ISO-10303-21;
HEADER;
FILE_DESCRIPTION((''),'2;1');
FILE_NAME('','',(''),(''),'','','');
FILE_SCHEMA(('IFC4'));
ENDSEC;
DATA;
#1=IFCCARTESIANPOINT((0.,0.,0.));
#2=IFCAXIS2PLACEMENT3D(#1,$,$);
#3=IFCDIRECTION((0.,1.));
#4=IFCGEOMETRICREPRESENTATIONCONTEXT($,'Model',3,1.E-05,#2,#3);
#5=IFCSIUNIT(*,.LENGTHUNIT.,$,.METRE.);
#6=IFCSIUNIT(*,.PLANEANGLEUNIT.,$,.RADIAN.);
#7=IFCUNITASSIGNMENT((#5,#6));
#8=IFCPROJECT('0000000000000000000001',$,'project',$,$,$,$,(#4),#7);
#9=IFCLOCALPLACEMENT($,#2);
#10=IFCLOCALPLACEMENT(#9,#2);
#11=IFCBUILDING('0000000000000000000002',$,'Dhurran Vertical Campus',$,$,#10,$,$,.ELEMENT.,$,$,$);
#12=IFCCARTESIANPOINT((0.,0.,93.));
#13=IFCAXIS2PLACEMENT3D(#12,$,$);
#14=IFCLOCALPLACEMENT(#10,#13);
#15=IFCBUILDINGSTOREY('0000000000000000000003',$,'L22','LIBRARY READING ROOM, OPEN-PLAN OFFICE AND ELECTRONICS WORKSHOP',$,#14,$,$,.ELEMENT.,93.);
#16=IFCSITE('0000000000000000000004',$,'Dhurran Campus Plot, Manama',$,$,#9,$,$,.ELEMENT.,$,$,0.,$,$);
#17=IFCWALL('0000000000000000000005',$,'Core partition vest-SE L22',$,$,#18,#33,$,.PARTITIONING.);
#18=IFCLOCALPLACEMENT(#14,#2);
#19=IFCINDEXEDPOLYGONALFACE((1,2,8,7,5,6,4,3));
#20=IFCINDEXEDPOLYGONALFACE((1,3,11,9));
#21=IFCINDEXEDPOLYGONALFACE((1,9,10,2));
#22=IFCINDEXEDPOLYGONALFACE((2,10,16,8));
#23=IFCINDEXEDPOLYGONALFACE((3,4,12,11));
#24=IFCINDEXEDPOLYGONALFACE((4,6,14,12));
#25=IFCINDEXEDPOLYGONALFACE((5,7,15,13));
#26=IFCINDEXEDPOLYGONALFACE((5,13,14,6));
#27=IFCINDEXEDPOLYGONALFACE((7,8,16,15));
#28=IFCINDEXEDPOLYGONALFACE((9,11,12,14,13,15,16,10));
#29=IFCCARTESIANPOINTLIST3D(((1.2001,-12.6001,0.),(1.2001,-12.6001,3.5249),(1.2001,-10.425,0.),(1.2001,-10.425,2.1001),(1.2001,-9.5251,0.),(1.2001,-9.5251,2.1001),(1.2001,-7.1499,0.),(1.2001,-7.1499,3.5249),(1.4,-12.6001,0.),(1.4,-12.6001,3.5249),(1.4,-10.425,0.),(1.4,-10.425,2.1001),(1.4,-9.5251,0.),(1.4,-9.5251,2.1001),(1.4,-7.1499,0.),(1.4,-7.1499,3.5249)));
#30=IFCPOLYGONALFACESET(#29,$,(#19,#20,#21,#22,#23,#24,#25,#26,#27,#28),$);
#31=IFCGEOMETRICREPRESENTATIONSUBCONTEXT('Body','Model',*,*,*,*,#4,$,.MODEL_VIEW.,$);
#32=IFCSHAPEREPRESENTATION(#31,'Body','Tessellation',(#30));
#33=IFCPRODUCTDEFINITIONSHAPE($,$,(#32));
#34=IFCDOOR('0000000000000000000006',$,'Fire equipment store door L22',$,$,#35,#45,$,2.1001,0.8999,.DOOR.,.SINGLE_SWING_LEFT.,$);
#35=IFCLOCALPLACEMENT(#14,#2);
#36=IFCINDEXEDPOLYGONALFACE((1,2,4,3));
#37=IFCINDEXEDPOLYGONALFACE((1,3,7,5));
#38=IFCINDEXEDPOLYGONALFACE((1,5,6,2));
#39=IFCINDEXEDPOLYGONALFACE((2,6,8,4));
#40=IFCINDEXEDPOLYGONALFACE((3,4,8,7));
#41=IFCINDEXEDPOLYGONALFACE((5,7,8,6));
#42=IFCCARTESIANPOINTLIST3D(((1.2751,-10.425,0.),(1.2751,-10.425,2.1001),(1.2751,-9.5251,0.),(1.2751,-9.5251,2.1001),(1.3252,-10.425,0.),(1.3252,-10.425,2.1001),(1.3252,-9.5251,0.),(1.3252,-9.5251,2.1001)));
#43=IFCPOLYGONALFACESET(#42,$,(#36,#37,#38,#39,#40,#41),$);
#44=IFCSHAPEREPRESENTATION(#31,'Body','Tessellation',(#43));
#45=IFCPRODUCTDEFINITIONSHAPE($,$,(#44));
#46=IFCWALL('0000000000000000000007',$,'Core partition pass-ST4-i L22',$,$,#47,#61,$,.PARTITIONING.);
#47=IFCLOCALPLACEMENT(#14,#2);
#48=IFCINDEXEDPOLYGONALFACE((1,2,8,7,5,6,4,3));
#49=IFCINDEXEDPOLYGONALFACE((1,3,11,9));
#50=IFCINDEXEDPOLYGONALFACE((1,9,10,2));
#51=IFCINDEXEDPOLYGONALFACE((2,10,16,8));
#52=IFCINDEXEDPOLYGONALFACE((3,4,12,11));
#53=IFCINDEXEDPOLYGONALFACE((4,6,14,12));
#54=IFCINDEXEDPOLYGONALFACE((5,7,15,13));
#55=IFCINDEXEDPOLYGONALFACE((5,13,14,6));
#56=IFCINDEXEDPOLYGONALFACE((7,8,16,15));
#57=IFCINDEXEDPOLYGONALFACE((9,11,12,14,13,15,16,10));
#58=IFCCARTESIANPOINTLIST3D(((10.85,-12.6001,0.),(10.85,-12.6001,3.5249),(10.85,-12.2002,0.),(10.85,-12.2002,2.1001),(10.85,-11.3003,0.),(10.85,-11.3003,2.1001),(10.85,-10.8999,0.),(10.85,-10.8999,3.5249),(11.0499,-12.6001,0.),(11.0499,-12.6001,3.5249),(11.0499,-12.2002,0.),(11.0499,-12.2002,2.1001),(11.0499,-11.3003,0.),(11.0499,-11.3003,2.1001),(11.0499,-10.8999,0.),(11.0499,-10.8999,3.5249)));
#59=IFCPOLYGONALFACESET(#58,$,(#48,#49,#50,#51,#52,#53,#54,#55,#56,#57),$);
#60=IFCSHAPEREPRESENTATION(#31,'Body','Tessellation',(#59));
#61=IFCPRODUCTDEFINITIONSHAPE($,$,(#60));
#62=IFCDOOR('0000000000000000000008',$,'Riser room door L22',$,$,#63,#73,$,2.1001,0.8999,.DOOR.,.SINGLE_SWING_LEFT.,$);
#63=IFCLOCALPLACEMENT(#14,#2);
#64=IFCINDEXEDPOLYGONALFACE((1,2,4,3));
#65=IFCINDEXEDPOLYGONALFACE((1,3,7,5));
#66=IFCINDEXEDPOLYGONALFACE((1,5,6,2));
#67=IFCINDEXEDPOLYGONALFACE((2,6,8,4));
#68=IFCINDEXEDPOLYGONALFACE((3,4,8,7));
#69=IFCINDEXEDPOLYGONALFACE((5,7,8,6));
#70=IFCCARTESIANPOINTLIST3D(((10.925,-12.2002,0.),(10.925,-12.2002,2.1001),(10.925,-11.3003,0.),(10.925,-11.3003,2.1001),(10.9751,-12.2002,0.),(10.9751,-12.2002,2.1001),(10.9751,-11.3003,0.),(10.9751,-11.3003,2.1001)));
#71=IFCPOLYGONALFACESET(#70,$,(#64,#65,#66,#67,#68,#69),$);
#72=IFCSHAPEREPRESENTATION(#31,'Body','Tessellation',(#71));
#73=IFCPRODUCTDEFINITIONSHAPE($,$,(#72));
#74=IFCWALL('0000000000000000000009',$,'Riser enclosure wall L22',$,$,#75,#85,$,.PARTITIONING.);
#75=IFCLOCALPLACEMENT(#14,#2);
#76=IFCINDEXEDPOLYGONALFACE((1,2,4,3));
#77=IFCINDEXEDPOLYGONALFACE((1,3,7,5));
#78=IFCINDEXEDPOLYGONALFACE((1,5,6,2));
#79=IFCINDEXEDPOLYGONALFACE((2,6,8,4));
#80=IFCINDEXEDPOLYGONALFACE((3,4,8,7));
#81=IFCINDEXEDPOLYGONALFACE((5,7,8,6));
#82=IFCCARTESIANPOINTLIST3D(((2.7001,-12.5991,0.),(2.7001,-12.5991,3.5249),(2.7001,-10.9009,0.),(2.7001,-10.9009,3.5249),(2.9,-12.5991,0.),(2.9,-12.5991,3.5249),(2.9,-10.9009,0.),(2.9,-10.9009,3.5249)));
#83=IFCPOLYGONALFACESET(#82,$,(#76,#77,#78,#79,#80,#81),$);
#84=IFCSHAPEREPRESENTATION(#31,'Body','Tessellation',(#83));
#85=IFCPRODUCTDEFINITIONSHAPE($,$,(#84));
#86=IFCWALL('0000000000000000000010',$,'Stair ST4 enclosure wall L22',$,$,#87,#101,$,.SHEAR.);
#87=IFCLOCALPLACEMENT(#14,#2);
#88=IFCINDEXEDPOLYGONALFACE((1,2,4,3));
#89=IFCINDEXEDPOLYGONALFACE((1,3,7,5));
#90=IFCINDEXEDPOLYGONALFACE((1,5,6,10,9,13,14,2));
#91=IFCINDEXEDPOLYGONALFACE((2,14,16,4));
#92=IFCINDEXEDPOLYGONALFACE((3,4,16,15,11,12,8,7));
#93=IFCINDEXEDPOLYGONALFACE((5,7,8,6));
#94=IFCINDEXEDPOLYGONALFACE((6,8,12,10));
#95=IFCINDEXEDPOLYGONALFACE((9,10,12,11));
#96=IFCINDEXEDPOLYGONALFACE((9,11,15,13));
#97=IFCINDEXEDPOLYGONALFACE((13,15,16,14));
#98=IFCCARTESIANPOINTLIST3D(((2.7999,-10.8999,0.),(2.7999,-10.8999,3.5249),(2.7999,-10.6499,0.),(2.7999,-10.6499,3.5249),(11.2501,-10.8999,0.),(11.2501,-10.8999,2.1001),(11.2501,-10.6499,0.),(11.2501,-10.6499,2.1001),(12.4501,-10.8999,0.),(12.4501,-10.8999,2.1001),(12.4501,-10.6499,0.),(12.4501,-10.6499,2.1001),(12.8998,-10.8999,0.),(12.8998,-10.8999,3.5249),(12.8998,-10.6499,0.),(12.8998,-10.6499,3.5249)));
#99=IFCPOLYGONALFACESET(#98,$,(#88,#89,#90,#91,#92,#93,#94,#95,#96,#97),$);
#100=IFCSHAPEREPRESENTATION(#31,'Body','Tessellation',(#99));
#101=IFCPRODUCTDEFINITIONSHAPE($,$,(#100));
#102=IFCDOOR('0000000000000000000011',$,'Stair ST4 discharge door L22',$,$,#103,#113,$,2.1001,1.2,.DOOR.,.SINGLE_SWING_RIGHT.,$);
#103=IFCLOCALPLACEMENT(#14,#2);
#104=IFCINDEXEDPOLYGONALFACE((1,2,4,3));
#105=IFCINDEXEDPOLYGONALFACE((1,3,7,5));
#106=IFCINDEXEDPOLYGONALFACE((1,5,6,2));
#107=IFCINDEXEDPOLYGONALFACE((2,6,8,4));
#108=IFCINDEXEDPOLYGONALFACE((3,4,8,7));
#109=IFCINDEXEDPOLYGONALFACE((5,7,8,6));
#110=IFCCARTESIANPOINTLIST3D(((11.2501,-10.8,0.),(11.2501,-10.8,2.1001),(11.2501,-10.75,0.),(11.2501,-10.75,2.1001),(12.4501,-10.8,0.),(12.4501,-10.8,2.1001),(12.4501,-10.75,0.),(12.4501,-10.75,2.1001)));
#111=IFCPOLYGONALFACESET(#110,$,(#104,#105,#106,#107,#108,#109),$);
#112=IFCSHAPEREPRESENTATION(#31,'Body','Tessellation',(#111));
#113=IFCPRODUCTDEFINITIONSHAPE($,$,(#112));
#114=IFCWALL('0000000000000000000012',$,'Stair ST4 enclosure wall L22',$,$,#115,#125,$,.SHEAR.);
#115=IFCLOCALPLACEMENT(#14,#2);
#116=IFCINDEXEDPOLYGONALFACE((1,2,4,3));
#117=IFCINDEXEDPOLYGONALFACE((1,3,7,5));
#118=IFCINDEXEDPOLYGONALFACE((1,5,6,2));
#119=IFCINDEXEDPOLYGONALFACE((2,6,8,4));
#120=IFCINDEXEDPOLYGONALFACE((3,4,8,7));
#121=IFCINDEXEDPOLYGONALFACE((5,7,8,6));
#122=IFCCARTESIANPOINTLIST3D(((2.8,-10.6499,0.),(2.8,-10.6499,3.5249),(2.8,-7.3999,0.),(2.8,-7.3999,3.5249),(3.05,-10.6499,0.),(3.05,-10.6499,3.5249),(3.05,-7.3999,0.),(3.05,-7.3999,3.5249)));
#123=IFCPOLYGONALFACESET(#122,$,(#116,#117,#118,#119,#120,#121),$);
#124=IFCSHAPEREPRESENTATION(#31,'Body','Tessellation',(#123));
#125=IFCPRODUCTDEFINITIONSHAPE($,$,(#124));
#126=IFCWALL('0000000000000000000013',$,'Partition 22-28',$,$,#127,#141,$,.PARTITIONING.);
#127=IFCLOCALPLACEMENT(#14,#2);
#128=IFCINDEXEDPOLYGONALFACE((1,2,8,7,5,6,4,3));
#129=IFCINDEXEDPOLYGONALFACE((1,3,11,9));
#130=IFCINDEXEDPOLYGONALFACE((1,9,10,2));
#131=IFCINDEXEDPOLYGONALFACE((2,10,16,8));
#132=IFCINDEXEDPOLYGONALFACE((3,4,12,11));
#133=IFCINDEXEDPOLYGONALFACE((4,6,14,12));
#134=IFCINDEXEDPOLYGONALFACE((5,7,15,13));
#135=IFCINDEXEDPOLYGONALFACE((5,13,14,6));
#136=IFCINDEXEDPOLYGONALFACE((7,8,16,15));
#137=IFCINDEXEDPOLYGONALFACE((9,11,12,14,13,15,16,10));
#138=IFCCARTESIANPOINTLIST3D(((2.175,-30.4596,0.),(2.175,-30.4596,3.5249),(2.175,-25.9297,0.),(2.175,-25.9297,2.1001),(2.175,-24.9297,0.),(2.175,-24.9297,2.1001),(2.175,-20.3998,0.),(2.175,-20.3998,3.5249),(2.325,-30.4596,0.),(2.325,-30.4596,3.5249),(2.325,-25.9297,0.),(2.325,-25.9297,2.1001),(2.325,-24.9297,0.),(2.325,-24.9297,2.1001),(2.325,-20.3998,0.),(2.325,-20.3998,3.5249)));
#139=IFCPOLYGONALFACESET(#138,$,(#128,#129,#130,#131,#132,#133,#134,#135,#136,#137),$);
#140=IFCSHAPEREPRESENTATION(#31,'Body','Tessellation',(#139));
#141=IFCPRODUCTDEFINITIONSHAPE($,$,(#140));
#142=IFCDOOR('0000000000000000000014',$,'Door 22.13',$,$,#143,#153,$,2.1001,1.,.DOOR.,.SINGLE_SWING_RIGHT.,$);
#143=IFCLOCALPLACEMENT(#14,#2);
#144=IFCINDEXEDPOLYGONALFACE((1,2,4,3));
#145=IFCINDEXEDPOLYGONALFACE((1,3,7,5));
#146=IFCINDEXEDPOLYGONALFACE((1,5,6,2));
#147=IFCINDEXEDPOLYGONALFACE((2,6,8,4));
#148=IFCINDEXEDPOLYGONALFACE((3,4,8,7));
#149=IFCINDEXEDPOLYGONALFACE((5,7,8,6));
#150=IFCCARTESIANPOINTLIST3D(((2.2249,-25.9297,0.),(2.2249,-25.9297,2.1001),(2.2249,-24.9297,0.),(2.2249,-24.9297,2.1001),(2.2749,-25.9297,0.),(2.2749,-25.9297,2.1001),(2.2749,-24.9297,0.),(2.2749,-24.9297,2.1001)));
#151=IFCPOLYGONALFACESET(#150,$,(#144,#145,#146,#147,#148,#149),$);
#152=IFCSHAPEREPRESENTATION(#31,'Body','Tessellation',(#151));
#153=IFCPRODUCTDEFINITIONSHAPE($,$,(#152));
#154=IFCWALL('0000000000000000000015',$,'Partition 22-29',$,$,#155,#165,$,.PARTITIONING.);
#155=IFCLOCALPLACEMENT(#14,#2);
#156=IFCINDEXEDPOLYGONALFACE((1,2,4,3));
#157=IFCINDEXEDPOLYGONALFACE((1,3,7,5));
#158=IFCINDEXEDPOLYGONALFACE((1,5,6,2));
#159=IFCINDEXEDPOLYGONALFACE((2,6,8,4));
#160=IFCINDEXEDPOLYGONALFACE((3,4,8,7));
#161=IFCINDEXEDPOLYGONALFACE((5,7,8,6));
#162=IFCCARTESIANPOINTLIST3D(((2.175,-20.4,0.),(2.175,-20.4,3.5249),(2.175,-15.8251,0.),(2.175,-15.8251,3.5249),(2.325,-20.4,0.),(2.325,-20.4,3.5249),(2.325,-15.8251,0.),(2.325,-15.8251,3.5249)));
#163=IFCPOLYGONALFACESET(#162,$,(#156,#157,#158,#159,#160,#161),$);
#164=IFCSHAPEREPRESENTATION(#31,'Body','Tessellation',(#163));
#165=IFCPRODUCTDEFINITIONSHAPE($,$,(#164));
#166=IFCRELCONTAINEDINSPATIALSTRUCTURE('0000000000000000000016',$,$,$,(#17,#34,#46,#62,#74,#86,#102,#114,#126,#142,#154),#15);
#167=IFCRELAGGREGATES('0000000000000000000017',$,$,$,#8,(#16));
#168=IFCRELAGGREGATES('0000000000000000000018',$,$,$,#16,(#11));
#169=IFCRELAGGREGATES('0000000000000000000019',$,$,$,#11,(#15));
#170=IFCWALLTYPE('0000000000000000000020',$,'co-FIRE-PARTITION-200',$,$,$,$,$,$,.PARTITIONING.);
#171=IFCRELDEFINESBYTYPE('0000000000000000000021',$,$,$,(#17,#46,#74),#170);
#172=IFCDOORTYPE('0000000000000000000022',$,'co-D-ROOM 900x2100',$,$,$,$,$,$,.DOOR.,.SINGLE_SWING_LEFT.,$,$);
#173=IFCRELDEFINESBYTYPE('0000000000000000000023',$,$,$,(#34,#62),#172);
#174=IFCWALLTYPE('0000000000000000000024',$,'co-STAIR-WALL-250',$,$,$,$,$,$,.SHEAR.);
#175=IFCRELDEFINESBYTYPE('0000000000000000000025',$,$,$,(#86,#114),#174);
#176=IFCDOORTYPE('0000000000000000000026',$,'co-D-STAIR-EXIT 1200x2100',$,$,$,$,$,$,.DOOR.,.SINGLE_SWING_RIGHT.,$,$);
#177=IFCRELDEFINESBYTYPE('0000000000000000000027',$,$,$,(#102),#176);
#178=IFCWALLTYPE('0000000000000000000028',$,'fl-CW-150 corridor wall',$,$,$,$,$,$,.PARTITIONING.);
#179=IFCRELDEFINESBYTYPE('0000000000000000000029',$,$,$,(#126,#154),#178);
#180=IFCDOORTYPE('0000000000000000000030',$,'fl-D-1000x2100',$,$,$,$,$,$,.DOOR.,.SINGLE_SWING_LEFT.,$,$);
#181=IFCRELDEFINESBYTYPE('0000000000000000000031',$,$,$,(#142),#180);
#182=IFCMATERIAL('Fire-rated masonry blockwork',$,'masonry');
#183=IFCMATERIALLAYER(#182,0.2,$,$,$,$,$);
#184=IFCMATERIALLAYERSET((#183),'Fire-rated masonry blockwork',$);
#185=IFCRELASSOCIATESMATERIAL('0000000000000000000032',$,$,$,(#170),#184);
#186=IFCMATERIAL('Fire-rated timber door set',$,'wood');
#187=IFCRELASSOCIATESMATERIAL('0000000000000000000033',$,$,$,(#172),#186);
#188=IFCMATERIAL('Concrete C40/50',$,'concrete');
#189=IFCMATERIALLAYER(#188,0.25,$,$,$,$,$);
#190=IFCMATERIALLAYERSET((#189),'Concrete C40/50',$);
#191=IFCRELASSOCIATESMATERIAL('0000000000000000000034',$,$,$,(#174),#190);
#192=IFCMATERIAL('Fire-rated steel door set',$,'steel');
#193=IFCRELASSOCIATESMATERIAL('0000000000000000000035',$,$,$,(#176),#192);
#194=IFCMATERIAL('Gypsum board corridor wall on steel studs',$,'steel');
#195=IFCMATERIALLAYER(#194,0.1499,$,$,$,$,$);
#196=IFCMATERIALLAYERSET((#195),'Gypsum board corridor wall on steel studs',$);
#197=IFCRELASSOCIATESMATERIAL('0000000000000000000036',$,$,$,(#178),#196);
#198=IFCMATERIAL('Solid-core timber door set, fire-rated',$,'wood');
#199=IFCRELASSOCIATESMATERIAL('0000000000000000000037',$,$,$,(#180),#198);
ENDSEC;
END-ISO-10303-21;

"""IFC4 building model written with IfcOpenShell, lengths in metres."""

from ifc_helpers import new_model, si_unit, direction, frame, frame_2d, origin, place, context, subcontext, project, spatial, rectangle, extrude, material, layer, layer_set, type_object, element, fill, save


model = new_model("IFC4")

# Units and contexts
model_context = context("Model", 3, precision=1e-05, world=origin(), true_north=direction((0.0, 1.0)))
body_context = subcontext(model_context, "Body", "Model", "MODEL_VIEW")
ifc_project = project(units=[si_unit("LENGTHUNIT", "METRE"), si_unit("PLANEANGLEUNIT", "RADIAN")], contexts=[model_context])

# Site, building, storey
site_placement = place(None, origin())
site = spatial("IfcSite", under=ifc_project, at=site_placement, Name="Dhurran Campus Plot, Manama", CompositionType="ELEMENT", RefElevation=0.0)
building_placement = place(site_placement, origin())
building = spatial("IfcBuilding", under=site, at=building_placement, Name="Dhurran Vertical Campus", CompositionType="ELEMENT")
storey_placement = place(building_placement, frame((0.0, 0.0, 93.0)))
storey = spatial("IfcBuildingStorey", under=building, at=storey_placement, Name="L22", Description="LIBRARY READING ROOM, OPEN-PLAN OFFICE AND ELECTRONICS WORKSHOP", CompositionType="ELEMENT", Elevation=93.0)

# Walls, openings, doors
ifc_material_1 = material(Name="Fire-rated masonry blockwork", Category="masonry")
ifc_layer_1 = layer(ifc_material_1, 0.2)
ifc_layer_set_1 = layer_set([ifc_layer_1], Name="Fire-rated masonry blockwork")
wall_type_1 = type_object("IfcWallType", Name="co-FIRE-PARTITION-200", PredefinedType="PARTITIONING", material=ifc_layer_set_1)
wall_1_placement = place(storey_placement, frame((1.3, -12.6001, 0.0), z_axis=(0.0, 0.0, 1.0), x_axis=(0.0, 1.0, 0.0)))
wall_1 = element("IfcWall", 1, at=wall_1_placement, inside=storey, type_object=wall_type_1, Name="Core partition vest-SE L22", PredefinedType="PARTITIONING", context=body_context, shape_type="SweptSolid", body=[
    extrude(rectangle(XDim=5.4502, YDim=0.2, at=frame_2d((2.7251, 0.0))), origin(), (0.0, 0.0, 1.0), 3.5249),
])
opening_1_placement = place(wall_1_placement, frame((2.175, 0.0, 0.0)))
opening_1 = element("IfcOpeningElement", 2, at=opening_1_placement, cuts=wall_1, PredefinedType="OPENING", context=body_context, shape_type="SweptSolid", body=[
    extrude(rectangle(XDim=0.8999, YDim=2.1001, at=frame_2d((0.45, 1.05))), frame((0.0, 0.1099, 0.0), z_axis=(0.0, -1.0, 0.0), x_axis=(1.0, 0.0, 0.0)), (0.0, 0.0, 1.0), 0.22),
])
ifc_material_2 = material(Name="Fire-rated timber door set", Category="wood")
door_type_1 = type_object("IfcDoorType", Name="co-D-ROOM 900x2100", OperationType="SINGLE_SWING_LEFT", PredefinedType="DOOR", material=ifc_material_2)
door_1_placement = place(opening_1_placement, origin())
door_1 = element("IfcDoor", 3, at=door_1_placement, inside=storey, type_object=door_type_1, Name="Fire equipment store door L22", OperationType="SINGLE_SWING_LEFT", OverallHeight=2.1001, OverallWidth=0.8999, PredefinedType="DOOR", context=body_context, shape_type="SweptSolid", body=[
    extrude(rectangle(XDim=0.8999, YDim=2.1001, at=frame_2d((0.45, 1.05))), frame((0.0, 0.0249, 0.0), z_axis=(0.0, -1.0, 0.0), x_axis=(1.0, 0.0, 0.0)), (0.0, 0.0, 1.0), 0.05),
])
fill(opening_1, door_1)
wall_2_placement = place(storey_placement, frame((10.95, -12.6001, 0.0), z_axis=(0.0, 0.0, 1.0), x_axis=(0.0, 1.0, 0.0)))
wall_2 = element("IfcWall", 4, at=wall_2_placement, inside=storey, type_object=wall_type_1, Name="Core partition pass-ST4-i L22", PredefinedType="PARTITIONING", context=body_context, shape_type="SweptSolid", body=[
    extrude(rectangle(XDim=1.7002, YDim=0.2, at=frame_2d((0.8501, 0.0))), origin(), (0.0, 0.0, 1.0), 3.5249),
])
opening_2_placement = place(wall_2_placement, frame((0.3999, 0.0, 0.0)))
opening_2 = element("IfcOpeningElement", 5, at=opening_2_placement, cuts=wall_2, PredefinedType="OPENING", context=body_context, shape_type="SweptSolid", body=[
    extrude(rectangle(XDim=0.8999, YDim=2.1001, at=frame_2d((0.45, 1.05))), frame((0.0, 0.1099, 0.0), z_axis=(0.0, -1.0, 0.0), x_axis=(1.0, 0.0, 0.0)), (0.0, 0.0, 1.0), 0.22),
])
door_2_placement = place(opening_2_placement, origin())
door_2 = element("IfcDoor", 6, at=door_2_placement, inside=storey, type_object=door_type_1, Name="Riser room door L22", OperationType="SINGLE_SWING_LEFT", OverallHeight=2.1001, OverallWidth=0.8999, PredefinedType="DOOR", context=body_context, shape_type="SweptSolid", body=[
    extrude(rectangle(XDim=0.8999, YDim=2.1001, at=frame_2d((0.45, 1.05))), frame((0.0, 0.0249, 0.0), z_axis=(0.0, -1.0, 0.0), x_axis=(1.0, 0.0, 0.0)), (0.0, 0.0, 1.0), 0.05),
])
fill(opening_2, door_2)

# Wall
wall_3_placement = place(storey_placement, frame((2.8, -10.9009, 0.0), z_axis=(0.0, 0.0, 1.0), x_axis=(0.0, -1.0, 0.0)))
element("IfcWall", 7, at=wall_3_placement, inside=storey, type_object=wall_type_1, Name="Riser enclosure wall L22", PredefinedType="PARTITIONING", context=body_context, shape_type="SweptSolid", body=[
    extrude(rectangle(XDim=1.6982, YDim=0.2, at=frame_2d((0.8491, 0.0))), origin(), (0.0, 0.0, 1.0), 3.5249),
])

# Wall, opening, door
ifc_material_3 = material(Name="Concrete C40/50", Category="concrete")
ifc_layer_2 = layer(ifc_material_3, 0.25)
ifc_layer_set_2 = layer_set([ifc_layer_2], Name="Concrete C40/50")
wall_type_2 = type_object("IfcWallType", Name="co-STAIR-WALL-250", PredefinedType="SHEAR", material=ifc_layer_set_2)
wall_4_placement = place(storey_placement, frame((2.8, -10.7749, 0.0), z_axis=(0.0, 0.0, 1.0), x_axis=(1.0, 0.0, 0.0)))
wall_4 = element("IfcWall", 8, at=wall_4_placement, inside=storey, type_object=wall_type_2, Name="Stair ST4 enclosure wall L22", PredefinedType="SHEAR", context=body_context, shape_type="SweptSolid", body=[
    extrude(rectangle(XDim=10.0999, YDim=0.25, at=frame_2d((5.0498, 0.0))), origin(), (0.0, 0.0, 1.0), 3.5249),
])
opening_3_placement = place(wall_4_placement, frame((8.45, 0.0, 0.0)))
opening_3 = element("IfcOpeningElement", 9, at=opening_3_placement, cuts=wall_4, PredefinedType="OPENING", context=body_context, shape_type="SweptSolid", body=[
    extrude(rectangle(XDim=1.2, YDim=2.1001, at=frame_2d((0.6001, 1.05))), frame((0.0, 0.135, 0.0), z_axis=(0.0, -1.0, 0.0), x_axis=(1.0, 0.0, 0.0)), (0.0, 0.0, 1.0), 0.27),
])
ifc_material_4 = material(Name="Fire-rated steel door set", Category="steel")
door_type_2 = type_object("IfcDoorType", Name="co-D-STAIR-EXIT 1200x2100", OperationType="SINGLE_SWING_RIGHT", PredefinedType="DOOR", material=ifc_material_4)
door_3_placement = place(opening_3_placement, origin())
door_3 = element("IfcDoor", 10, at=door_3_placement, inside=storey, type_object=door_type_2, Name="Stair ST4 discharge door L22", OperationType="SINGLE_SWING_RIGHT", OverallHeight=2.1001, OverallWidth=1.2, PredefinedType="DOOR", context=body_context, shape_type="SweptSolid", body=[
    extrude(rectangle(XDim=1.2, YDim=2.1001, at=frame_2d((0.6001, 1.05))), frame((0.0, 0.0249, 0.0), z_axis=(0.0, -1.0, 0.0), x_axis=(1.0, 0.0, 0.0)), (0.0, 0.0, 1.0), 0.05),
])
fill(opening_3, door_3)

# Wall
wall_5_placement = place(storey_placement, frame((2.925, -10.6499, 0.0), z_axis=(0.0, 0.0, 1.0), x_axis=(0.0, 1.0, 0.0)))
element("IfcWall", 11, at=wall_5_placement, inside=storey, type_object=wall_type_2, Name="Stair ST4 enclosure wall L22", PredefinedType="SHEAR", context=body_context, shape_type="SweptSolid", body=[
    extrude(rectangle(XDim=3.25, YDim=0.25, at=frame_2d((1.625, 0.0))), origin(), (0.0, 0.0, 1.0), 3.5249),
])

# Wall, opening, door
ifc_material_5 = material(Name="Gypsum board corridor wall on steel studs", Category="steel")
ifc_layer_3 = layer(ifc_material_5, 0.1499)
ifc_layer_set_3 = layer_set([ifc_layer_3], Name="Gypsum board corridor wall on steel studs")
wall_type_3 = type_object("IfcWallType", Name="fl-CW-150 corridor wall", PredefinedType="PARTITIONING", material=ifc_layer_set_3)
wall_6_placement = place(storey_placement, frame((2.25, -20.3999, 0.0), z_axis=(0.0, 0.0, 1.0), x_axis=(0.0, -1.0, 0.0)))
wall_6 = element("IfcWall", 12, at=wall_6_placement, inside=storey, type_object=wall_type_3, Name="Partition 22-28", PredefinedType="PARTITIONING", context=body_context, shape_type="SweptSolid", body=[
    extrude(rectangle(XDim=10.0598, YDim=0.1499, at=frame_2d((5.0298, 0.0))), origin(), (0.0, 0.0, 1.0), 3.5249),
])
opening_4_placement = place(wall_6_placement, frame((4.5298, 0.0, 0.0)))
opening_4 = element("IfcOpeningElement", 13, at=opening_4_placement, cuts=wall_6, PredefinedType="OPENING", context=body_context, shape_type="SweptSolid", body=[
    extrude(rectangle(XDim=1.0, YDim=2.1001, at=frame_2d((0.5, 1.05))), frame((0.0, 0.085, 0.0), z_axis=(0.0, -1.0, 0.0), x_axis=(1.0, 0.0, 0.0)), (0.0, 0.0, 1.0), 0.1699),
])
ifc_material_6 = material(Name="Solid-core timber door set, fire-rated", Category="wood")
door_type_3 = type_object("IfcDoorType", Name="fl-D-1000x2100", OperationType="SINGLE_SWING_LEFT", PredefinedType="DOOR", material=ifc_material_6)
door_4_placement = place(opening_4_placement, origin())
door_4 = element("IfcDoor", 14, at=door_4_placement, inside=storey, type_object=door_type_3, Name="Door 22.13", OperationType="SINGLE_SWING_RIGHT", OverallHeight=2.1001, OverallWidth=1.0, PredefinedType="DOOR", context=body_context, shape_type="SweptSolid", body=[
    extrude(rectangle(XDim=1.0, YDim=2.1001, at=frame_2d((0.5, 1.05))), frame((0.0, 0.0249, 0.0), z_axis=(0.0, -1.0, 0.0), x_axis=(1.0, 0.0, 0.0)), (0.0, 0.0, 1.0), 0.05),
])
fill(opening_4, door_4)

# Wall
wall_7_placement = place(storey_placement, frame((2.25, -15.825, 0.0), z_axis=(0.0, 0.0, 1.0), x_axis=(0.0, -1.0, 0.0)))
element("IfcWall", 15, at=wall_7_placement, inside=storey, type_object=wall_type_3, Name="Partition 22-29", PredefinedType="PARTITIONING", context=body_context, shape_type="SweptSolid", body=[
    extrude(rectangle(XDim=4.575, YDim=0.1499, at=frame_2d((2.2876, 0.0))), origin(), (0.0, 0.0, 1.0), 3.5249),
])

save(model, "model.ifc")
